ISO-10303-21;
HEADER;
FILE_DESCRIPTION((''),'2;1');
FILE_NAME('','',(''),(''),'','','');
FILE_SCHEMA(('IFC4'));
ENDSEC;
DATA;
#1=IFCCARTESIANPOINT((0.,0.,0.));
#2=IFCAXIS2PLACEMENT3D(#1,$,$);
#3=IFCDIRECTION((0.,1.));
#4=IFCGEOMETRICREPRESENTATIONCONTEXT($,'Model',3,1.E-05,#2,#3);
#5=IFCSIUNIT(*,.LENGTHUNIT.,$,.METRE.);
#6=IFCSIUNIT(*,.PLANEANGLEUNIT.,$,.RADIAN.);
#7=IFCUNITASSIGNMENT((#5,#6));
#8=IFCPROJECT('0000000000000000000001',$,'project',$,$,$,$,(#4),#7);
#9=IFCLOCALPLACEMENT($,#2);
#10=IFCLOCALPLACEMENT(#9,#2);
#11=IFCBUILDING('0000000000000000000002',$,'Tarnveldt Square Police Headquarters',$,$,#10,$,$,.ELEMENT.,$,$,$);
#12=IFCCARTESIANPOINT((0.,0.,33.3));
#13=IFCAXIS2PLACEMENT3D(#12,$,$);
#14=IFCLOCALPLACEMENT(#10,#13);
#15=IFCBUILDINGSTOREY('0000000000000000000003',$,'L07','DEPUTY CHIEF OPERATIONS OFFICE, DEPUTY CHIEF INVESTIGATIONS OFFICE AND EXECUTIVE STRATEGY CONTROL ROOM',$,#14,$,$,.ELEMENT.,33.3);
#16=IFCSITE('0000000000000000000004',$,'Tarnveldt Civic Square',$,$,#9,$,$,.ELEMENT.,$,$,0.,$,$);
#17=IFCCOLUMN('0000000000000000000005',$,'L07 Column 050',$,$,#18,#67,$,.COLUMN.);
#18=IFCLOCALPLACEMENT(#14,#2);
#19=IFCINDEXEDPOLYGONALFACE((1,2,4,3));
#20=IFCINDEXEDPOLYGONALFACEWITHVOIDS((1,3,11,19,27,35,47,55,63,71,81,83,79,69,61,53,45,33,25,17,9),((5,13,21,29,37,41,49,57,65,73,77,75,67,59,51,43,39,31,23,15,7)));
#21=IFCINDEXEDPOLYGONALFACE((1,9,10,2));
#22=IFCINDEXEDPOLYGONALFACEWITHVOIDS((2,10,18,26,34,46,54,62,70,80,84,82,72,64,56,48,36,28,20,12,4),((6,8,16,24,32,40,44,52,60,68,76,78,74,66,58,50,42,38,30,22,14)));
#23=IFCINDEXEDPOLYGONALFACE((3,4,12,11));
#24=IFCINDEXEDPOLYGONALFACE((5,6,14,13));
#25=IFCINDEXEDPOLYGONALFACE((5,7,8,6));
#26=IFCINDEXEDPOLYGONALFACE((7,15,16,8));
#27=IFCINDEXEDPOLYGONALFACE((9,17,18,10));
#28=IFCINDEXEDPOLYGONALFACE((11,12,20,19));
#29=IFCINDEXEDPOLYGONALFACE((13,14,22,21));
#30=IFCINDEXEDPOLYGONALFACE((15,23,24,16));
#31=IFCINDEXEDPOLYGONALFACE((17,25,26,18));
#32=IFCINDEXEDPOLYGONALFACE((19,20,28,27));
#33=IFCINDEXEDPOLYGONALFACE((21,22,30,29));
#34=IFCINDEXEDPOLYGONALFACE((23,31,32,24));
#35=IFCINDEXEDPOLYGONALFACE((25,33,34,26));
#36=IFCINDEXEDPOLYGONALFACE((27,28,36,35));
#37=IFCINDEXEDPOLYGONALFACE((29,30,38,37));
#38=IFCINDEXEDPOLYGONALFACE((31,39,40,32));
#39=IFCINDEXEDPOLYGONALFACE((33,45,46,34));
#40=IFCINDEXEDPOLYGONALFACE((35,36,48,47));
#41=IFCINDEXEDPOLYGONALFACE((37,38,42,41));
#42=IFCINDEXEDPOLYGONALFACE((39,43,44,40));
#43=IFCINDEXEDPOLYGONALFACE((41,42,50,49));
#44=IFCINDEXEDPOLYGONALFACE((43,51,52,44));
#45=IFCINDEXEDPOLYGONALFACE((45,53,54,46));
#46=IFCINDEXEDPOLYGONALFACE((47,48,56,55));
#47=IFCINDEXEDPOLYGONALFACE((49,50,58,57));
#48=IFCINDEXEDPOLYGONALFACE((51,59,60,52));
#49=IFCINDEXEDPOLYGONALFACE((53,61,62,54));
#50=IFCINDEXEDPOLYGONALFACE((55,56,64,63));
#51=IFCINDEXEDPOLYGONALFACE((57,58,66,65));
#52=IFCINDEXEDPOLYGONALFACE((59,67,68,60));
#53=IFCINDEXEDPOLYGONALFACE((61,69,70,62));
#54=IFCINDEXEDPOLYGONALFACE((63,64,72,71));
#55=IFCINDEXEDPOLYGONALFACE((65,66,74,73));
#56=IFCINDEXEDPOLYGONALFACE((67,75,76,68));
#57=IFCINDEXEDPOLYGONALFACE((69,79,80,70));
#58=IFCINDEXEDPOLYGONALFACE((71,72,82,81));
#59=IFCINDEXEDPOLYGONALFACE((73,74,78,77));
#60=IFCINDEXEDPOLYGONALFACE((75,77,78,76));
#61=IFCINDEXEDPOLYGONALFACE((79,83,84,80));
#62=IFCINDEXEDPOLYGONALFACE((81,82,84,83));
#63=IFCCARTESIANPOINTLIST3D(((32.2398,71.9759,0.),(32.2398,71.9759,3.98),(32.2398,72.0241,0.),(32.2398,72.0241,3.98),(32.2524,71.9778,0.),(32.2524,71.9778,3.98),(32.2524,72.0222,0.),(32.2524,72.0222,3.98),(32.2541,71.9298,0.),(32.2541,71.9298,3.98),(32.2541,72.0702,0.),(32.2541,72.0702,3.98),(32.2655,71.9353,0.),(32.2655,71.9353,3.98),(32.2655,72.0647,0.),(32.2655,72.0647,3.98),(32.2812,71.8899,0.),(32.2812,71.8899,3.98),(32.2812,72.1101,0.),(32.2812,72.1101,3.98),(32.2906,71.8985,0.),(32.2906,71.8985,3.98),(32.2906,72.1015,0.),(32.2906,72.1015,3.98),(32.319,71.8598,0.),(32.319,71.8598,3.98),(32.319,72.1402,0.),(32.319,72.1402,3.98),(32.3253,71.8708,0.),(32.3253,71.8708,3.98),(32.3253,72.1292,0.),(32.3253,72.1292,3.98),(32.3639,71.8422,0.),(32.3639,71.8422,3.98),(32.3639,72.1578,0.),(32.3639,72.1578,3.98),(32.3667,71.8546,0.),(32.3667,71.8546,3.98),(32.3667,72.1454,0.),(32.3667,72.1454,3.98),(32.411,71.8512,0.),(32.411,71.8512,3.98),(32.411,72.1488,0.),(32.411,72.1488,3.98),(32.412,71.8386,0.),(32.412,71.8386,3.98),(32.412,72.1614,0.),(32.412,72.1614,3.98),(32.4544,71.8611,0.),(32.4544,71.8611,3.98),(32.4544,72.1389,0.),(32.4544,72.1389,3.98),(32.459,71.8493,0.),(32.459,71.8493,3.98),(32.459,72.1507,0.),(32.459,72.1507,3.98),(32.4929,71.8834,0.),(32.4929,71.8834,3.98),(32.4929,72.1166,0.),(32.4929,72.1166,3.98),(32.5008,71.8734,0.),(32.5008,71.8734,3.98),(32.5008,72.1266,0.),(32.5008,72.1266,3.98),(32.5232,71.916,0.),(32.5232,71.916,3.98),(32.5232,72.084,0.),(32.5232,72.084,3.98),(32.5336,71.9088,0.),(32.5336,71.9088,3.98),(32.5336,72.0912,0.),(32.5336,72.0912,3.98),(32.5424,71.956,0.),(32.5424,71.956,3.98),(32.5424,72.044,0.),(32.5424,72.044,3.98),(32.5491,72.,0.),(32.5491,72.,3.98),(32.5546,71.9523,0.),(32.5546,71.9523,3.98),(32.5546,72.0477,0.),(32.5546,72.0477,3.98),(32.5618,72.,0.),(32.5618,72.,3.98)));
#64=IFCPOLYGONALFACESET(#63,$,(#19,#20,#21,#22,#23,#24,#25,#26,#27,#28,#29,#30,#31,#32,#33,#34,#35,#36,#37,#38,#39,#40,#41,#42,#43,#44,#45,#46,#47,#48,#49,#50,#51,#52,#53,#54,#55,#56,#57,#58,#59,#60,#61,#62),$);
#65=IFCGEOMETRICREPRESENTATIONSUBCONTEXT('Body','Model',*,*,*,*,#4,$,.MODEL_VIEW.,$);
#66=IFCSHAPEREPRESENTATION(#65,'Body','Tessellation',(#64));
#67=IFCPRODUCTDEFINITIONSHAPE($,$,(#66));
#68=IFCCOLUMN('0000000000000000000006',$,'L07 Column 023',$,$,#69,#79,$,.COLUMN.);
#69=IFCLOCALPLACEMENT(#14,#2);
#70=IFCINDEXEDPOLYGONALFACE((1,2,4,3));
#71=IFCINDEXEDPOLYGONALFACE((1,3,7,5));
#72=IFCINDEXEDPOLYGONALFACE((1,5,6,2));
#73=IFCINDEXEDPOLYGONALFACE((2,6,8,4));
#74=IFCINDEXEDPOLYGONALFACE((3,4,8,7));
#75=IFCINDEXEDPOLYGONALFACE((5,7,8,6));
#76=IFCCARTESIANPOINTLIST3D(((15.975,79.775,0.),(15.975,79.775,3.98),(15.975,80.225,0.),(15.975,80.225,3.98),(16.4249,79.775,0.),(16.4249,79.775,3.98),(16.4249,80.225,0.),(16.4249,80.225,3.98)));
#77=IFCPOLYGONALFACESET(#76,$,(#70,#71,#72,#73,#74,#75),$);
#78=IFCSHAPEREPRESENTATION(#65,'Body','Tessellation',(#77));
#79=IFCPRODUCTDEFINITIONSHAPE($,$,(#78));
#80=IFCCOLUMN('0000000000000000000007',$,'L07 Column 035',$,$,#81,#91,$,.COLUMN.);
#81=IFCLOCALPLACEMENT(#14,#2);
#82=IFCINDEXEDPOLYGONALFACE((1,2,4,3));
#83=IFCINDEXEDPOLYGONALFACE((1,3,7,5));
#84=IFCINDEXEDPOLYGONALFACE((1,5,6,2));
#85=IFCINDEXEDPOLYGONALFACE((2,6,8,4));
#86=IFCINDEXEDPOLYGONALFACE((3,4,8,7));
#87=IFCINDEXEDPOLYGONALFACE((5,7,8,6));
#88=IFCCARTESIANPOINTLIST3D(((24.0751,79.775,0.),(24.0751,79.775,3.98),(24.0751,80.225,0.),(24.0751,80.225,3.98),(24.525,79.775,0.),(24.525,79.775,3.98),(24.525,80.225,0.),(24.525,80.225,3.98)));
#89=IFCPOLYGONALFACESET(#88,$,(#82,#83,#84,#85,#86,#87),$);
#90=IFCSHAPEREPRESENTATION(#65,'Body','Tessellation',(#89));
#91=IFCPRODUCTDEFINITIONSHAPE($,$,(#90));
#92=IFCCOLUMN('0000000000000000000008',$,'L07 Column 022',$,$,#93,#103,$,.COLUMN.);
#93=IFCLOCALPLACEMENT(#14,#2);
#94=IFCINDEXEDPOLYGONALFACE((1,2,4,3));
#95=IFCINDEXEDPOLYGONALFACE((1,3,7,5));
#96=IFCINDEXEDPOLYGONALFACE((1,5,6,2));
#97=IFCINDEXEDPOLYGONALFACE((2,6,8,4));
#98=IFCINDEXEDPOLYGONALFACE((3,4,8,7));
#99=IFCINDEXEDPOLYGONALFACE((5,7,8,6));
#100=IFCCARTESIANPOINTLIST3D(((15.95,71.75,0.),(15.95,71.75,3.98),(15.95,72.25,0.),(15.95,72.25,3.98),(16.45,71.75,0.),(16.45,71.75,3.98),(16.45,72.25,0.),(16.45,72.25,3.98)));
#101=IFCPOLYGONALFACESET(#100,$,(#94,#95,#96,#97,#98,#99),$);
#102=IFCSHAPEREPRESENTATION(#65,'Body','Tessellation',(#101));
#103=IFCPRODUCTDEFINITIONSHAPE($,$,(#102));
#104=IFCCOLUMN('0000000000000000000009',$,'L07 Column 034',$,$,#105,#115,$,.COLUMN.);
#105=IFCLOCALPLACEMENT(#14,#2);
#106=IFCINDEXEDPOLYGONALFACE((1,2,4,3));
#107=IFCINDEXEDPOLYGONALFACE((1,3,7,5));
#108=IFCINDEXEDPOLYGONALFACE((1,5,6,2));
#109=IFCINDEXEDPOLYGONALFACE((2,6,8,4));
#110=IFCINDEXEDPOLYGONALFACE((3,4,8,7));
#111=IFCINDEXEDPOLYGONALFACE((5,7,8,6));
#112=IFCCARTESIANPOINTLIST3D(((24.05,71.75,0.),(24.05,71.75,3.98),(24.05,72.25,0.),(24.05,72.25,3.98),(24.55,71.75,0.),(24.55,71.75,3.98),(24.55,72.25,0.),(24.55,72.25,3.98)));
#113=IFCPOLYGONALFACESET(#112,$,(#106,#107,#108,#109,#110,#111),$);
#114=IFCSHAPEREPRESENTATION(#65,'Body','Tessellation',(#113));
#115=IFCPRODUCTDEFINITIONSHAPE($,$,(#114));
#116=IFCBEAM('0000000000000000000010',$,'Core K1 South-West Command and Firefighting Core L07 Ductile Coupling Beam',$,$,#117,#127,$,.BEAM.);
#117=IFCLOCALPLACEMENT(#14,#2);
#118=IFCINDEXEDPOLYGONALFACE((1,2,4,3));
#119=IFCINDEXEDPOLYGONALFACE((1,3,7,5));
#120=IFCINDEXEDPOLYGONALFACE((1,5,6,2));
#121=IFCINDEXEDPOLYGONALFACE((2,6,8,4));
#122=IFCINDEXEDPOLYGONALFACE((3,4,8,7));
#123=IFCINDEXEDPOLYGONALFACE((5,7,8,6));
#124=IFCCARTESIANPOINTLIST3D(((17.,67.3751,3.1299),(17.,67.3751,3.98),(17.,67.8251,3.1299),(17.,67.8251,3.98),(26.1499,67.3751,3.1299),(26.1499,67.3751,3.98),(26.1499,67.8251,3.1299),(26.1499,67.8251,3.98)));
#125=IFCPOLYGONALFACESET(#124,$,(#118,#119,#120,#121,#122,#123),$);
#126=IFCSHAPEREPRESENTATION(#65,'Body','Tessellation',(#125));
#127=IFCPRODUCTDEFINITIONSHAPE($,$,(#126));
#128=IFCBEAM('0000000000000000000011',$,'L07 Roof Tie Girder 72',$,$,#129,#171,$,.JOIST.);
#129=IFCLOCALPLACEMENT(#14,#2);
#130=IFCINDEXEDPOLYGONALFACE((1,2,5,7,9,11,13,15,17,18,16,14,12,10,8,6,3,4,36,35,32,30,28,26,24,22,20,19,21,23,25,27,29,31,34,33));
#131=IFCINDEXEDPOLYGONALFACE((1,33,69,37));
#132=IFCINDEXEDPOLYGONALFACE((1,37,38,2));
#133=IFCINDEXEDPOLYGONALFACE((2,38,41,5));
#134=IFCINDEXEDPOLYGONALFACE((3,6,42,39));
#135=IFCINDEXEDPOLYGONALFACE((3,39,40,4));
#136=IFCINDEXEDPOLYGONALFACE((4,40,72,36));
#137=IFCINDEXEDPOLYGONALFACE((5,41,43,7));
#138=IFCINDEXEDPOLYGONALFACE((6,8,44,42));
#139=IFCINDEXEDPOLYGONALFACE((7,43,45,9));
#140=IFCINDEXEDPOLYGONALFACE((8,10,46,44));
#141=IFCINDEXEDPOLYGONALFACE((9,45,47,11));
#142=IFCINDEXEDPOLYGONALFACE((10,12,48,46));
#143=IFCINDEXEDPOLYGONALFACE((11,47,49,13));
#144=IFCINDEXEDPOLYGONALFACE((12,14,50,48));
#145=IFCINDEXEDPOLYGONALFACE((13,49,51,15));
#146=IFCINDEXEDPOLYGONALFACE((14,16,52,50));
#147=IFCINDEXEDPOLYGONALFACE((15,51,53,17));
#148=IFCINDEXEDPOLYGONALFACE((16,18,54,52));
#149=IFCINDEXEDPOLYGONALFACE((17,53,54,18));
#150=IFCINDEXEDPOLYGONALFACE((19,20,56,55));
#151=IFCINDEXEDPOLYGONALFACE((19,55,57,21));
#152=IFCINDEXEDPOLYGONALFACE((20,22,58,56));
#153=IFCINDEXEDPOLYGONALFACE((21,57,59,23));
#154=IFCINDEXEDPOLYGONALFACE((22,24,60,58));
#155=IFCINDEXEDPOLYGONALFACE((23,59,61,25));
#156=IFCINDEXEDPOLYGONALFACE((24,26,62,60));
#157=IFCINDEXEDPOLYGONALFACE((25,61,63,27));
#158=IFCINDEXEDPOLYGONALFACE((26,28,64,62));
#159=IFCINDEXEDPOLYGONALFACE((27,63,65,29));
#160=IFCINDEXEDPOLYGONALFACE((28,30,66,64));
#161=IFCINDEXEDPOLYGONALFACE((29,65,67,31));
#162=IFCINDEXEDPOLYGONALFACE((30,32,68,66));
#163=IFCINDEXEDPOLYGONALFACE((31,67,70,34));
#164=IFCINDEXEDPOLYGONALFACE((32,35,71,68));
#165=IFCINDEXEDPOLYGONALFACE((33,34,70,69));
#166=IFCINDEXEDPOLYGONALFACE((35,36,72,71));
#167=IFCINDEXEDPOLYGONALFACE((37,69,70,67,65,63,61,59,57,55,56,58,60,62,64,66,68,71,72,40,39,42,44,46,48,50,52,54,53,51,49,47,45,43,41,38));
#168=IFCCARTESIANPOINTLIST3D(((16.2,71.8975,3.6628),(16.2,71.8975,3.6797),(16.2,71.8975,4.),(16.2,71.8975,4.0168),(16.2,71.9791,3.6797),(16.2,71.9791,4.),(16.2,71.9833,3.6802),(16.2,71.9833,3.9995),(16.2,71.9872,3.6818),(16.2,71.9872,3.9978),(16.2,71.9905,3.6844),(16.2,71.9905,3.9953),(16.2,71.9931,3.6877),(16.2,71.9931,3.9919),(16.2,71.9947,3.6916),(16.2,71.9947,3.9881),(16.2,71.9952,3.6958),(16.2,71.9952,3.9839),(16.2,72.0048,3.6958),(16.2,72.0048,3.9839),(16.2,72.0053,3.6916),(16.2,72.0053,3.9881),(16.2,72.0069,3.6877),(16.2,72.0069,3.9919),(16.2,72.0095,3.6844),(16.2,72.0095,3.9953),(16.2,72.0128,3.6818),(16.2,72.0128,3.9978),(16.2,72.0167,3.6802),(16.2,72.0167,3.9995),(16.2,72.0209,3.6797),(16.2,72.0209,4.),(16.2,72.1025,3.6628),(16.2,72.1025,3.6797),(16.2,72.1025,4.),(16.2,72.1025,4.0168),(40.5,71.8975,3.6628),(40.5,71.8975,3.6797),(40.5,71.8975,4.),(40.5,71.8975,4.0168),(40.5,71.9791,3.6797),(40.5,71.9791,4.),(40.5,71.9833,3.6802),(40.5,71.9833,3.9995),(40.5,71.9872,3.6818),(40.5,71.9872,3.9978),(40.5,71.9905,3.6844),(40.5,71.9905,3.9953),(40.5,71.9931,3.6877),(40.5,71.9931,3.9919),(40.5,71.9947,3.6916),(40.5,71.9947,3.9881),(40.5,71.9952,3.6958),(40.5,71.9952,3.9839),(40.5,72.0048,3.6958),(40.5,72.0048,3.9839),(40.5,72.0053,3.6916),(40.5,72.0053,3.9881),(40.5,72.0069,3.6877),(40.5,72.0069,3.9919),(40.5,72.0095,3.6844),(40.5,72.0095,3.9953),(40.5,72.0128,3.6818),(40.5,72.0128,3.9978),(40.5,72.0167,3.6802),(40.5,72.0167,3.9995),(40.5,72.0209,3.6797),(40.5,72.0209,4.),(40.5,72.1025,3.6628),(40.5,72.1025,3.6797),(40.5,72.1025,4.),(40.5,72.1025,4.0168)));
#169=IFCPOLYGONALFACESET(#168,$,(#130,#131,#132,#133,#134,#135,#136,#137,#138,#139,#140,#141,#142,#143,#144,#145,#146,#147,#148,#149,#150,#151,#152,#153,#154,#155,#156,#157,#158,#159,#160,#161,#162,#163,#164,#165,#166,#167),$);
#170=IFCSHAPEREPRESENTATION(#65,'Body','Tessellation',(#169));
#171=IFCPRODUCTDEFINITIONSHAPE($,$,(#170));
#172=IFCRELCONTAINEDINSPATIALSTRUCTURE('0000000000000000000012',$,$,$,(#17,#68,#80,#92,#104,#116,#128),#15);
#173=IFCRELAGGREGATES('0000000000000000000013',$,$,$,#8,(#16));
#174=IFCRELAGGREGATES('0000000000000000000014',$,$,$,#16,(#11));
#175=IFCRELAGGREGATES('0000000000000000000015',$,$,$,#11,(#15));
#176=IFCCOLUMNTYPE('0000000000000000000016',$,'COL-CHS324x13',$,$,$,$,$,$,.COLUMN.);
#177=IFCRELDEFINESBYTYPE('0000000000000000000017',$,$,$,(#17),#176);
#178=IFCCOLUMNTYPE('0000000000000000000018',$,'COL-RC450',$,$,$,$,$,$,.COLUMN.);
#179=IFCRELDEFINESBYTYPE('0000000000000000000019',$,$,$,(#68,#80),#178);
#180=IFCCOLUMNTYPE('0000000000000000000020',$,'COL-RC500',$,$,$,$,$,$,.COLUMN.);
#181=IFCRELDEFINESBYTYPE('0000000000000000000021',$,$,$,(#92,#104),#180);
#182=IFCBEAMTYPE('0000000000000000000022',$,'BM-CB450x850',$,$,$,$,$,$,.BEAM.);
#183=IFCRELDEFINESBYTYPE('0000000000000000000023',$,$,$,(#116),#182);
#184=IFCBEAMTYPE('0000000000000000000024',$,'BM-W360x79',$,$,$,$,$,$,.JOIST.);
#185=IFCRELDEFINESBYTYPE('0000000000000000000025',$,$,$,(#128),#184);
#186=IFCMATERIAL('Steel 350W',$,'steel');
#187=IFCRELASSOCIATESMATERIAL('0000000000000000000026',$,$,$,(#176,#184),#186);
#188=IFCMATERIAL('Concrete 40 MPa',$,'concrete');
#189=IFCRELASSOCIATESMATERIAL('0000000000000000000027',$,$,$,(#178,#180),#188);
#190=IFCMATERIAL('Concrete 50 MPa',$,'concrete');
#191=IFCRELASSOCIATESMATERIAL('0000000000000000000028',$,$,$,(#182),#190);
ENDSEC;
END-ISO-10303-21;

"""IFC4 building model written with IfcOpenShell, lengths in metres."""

from ifc_helpers import new_model, si_unit, direction, frame, origin, origin_2d, place, context, subcontext, project, spatial, rectangle, hollow_circle, i_section, extrude, material, material_profile, profile_set, type_object, element, save


model = new_model("IFC4")

# Units and contexts
model_context = context("Model", 3, precision=1e-05, world=origin(), true_north=direction((0.0, 1.0)))
body_context = subcontext(model_context, "Body", "Model", "MODEL_VIEW")
ifc_project = project(units=[si_unit("LENGTHUNIT", "METRE"), si_unit("PLANEANGLEUNIT", "RADIAN")], contexts=[model_context])

# Site, building, storey
site_placement = place(None, origin())
site = spatial("IfcSite", under=ifc_project, at=site_placement, Name="Tarnveldt Civic Square", CompositionType="ELEMENT", RefElevation=0.0)
building_placement = place(site_placement, origin())
building = spatial("IfcBuilding", under=site, at=building_placement, Name="Tarnveldt Square Police Headquarters", CompositionType="ELEMENT")
storey_placement = place(building_placement, frame((0.0, 0.0, 33.3)))
storey = spatial("IfcBuildingStorey", under=building, at=storey_placement, Name="L07", Description="DEPUTY CHIEF OPERATIONS OFFICE, DEPUTY CHIEF INVESTIGATIONS OFFICE AND EXECUTIVE STRATEGY CONTROL ROOM", CompositionType="ELEMENT", Elevation=33.3)

# Columns
ifc_material_1 = material(Name="Steel 350W", Category="steel")
ifc_material_profile_1 = material_profile(ifc_material_1, hollow_circle(Radius=0.1619, WallThickness=0.0127, at=origin_2d()), Name="HSS324x13")
ifc_profile_set_1 = profile_set([ifc_material_profile_1], Name="Steel 350W")
column_type_1 = type_object("IfcColumnType", Name="COL-CHS324x13", PredefinedType="COLUMN", material=ifc_profile_set_1)
column_placement = place(storey_placement, frame((32.3999, 72.0, 0.0), z_axis=(0.0, 0.0, 1.0), x_axis=(1.0, 0.0, 0.0)))
element("IfcColumn", 1, at=column_placement, inside=storey, type_object=column_type_1, Name="L07 Column 050", PredefinedType="COLUMN", context=body_context, shape_type="SweptSolid", body=[
    extrude(hollow_circle(Radius=0.1619, WallThickness=0.0127, at=origin_2d()), origin(), (0.0, 0.0, 1.0), 3.98),
])
ifc_material_2 = material(Name="Concrete 40 MPa", Category="concrete")
ifc_material_profile_2 = material_profile(ifc_material_2, rectangle(XDim=0.45, YDim=0.45, at=origin_2d()), Name="RC-C450x450")
ifc_profile_set_2 = profile_set([ifc_material_profile_2], Name="Concrete 40 MPa")
column_type_2 = type_object("IfcColumnType", Name="COL-RC450", PredefinedType="COLUMN", material=ifc_profile_set_2)
for number, where, z_axis, x_axis, name in (
    (2, (16.2, 80.0, 0.0), (0.0, 0.0, 1.0), (1.0, 0.0, 0.0), "L07 Column 023"),
    (3, (24.3, 80.0, 0.0), (0.0, 0.0, 1.0), (1.0, 0.0, 0.0), "L07 Column 035"),
):
    element("IfcColumn", number, at=place(storey_placement, frame(where, z_axis=z_axis, x_axis=x_axis)), inside=storey, type_object=column_type_2, Name=name, PredefinedType="COLUMN", context=body_context, shape_type="SweptSolid", body=[
        extrude(rectangle(XDim=0.45, YDim=0.45, at=origin_2d()), origin(), (0.0, 0.0, 1.0), 3.98),
    ])
ifc_material_profile_3 = material_profile(ifc_material_2, rectangle(XDim=0.5, YDim=0.5, at=origin_2d()), Name="RC-C500x500")
ifc_profile_set_3 = profile_set([ifc_material_profile_3], Name="Concrete 40 MPa")
column_type_3 = type_object("IfcColumnType", Name="COL-RC500", PredefinedType="COLUMN", material=ifc_profile_set_3)
for number, where, z_axis, x_axis, name in (
    (4, (16.2, 72.0, 0.0), (0.0, 0.0, 1.0), (1.0, 0.0, 0.0), "L07 Column 022"),
    (5, (24.3, 72.0, 0.0), (0.0, 0.0, 1.0), (1.0, 0.0, 0.0), "L07 Column 034"),
):
    element("IfcColumn", number, at=place(storey_placement, frame(where, z_axis=z_axis, x_axis=x_axis)), inside=storey, type_object=column_type_3, Name=name, PredefinedType="COLUMN", context=body_context, shape_type="SweptSolid", body=[
        extrude(rectangle(XDim=0.5, YDim=0.5, at=origin_2d()), origin(), (0.0, 0.0, 1.0), 3.98),
    ])

# Beams
ifc_material_3 = material(Name="Concrete 50 MPa", Category="concrete")
ifc_material_profile_4 = material_profile(ifc_material_3, rectangle(XDim=0.45, YDim=0.8501, at=origin_2d()), Name="RC-CB450x850")
ifc_profile_set_4 = profile_set([ifc_material_profile_4], Name="Concrete 50 MPa")
beam_type_1 = type_object("IfcBeamType", Name="BM-CB450x850", PredefinedType="BEAM", material=ifc_profile_set_4)
beam_placement = place(storey_placement, frame((17.0, 67.6001, 3.5549), z_axis=(1.0, 0.0, 0.0), x_axis=(0.0, 1.0, 0.0)))
element("IfcBeam", 6, at=beam_placement, inside=storey, type_object=beam_type_1, Name="Core K1 South-West Command and Firefighting Core L07 Ductile Coupling Beam", PredefinedType="BEAM", context=body_context, shape_type="SweptSolid", body=[
    extrude(rectangle(XDim=0.45, YDim=0.8501, at=origin_2d()), origin(), (0.0, 0.0, 1.0), 9.1499),
])
ifc_material_profile_5 = material_profile(ifc_material_1, i_section(OverallWidth=0.2051, OverallDepth=0.354, WebThickness=0.0095, FlangeThickness=0.0168, FilletRadius=0.0161, at=origin_2d()), Name="W360x79")
ifc_profile_set_5 = profile_set([ifc_material_profile_5], Name="Steel 350W")
beam_type_2 = type_object("IfcBeamType", Name="BM-W360x79", PredefinedType="JOIST", material=ifc_profile_set_5)
for number, where, z_axis, x_axis, name in (
    (7, (16.2, 72.0, 3.8398), (1.0, 0.0, 0.0), (0.0, 1.0, 0.0), "L07 Roof Tie Girder 72"),
):
    element("IfcBeam", number, at=place(storey_placement, frame(where, z_axis=z_axis, x_axis=x_axis)), inside=storey, type_object=beam_type_2, Name=name, PredefinedType="JOIST", context=body_context, shape_type="SweptSolid", body=[
        extrude(i_section(OverallWidth=0.2051, OverallDepth=0.354, WebThickness=0.0095, FlangeThickness=0.0168, FilletRadius=0.0161, at=origin_2d()), origin(), (0.0, 0.0, 1.0), 24.3),
    ])

save(model, "model.ifc")
